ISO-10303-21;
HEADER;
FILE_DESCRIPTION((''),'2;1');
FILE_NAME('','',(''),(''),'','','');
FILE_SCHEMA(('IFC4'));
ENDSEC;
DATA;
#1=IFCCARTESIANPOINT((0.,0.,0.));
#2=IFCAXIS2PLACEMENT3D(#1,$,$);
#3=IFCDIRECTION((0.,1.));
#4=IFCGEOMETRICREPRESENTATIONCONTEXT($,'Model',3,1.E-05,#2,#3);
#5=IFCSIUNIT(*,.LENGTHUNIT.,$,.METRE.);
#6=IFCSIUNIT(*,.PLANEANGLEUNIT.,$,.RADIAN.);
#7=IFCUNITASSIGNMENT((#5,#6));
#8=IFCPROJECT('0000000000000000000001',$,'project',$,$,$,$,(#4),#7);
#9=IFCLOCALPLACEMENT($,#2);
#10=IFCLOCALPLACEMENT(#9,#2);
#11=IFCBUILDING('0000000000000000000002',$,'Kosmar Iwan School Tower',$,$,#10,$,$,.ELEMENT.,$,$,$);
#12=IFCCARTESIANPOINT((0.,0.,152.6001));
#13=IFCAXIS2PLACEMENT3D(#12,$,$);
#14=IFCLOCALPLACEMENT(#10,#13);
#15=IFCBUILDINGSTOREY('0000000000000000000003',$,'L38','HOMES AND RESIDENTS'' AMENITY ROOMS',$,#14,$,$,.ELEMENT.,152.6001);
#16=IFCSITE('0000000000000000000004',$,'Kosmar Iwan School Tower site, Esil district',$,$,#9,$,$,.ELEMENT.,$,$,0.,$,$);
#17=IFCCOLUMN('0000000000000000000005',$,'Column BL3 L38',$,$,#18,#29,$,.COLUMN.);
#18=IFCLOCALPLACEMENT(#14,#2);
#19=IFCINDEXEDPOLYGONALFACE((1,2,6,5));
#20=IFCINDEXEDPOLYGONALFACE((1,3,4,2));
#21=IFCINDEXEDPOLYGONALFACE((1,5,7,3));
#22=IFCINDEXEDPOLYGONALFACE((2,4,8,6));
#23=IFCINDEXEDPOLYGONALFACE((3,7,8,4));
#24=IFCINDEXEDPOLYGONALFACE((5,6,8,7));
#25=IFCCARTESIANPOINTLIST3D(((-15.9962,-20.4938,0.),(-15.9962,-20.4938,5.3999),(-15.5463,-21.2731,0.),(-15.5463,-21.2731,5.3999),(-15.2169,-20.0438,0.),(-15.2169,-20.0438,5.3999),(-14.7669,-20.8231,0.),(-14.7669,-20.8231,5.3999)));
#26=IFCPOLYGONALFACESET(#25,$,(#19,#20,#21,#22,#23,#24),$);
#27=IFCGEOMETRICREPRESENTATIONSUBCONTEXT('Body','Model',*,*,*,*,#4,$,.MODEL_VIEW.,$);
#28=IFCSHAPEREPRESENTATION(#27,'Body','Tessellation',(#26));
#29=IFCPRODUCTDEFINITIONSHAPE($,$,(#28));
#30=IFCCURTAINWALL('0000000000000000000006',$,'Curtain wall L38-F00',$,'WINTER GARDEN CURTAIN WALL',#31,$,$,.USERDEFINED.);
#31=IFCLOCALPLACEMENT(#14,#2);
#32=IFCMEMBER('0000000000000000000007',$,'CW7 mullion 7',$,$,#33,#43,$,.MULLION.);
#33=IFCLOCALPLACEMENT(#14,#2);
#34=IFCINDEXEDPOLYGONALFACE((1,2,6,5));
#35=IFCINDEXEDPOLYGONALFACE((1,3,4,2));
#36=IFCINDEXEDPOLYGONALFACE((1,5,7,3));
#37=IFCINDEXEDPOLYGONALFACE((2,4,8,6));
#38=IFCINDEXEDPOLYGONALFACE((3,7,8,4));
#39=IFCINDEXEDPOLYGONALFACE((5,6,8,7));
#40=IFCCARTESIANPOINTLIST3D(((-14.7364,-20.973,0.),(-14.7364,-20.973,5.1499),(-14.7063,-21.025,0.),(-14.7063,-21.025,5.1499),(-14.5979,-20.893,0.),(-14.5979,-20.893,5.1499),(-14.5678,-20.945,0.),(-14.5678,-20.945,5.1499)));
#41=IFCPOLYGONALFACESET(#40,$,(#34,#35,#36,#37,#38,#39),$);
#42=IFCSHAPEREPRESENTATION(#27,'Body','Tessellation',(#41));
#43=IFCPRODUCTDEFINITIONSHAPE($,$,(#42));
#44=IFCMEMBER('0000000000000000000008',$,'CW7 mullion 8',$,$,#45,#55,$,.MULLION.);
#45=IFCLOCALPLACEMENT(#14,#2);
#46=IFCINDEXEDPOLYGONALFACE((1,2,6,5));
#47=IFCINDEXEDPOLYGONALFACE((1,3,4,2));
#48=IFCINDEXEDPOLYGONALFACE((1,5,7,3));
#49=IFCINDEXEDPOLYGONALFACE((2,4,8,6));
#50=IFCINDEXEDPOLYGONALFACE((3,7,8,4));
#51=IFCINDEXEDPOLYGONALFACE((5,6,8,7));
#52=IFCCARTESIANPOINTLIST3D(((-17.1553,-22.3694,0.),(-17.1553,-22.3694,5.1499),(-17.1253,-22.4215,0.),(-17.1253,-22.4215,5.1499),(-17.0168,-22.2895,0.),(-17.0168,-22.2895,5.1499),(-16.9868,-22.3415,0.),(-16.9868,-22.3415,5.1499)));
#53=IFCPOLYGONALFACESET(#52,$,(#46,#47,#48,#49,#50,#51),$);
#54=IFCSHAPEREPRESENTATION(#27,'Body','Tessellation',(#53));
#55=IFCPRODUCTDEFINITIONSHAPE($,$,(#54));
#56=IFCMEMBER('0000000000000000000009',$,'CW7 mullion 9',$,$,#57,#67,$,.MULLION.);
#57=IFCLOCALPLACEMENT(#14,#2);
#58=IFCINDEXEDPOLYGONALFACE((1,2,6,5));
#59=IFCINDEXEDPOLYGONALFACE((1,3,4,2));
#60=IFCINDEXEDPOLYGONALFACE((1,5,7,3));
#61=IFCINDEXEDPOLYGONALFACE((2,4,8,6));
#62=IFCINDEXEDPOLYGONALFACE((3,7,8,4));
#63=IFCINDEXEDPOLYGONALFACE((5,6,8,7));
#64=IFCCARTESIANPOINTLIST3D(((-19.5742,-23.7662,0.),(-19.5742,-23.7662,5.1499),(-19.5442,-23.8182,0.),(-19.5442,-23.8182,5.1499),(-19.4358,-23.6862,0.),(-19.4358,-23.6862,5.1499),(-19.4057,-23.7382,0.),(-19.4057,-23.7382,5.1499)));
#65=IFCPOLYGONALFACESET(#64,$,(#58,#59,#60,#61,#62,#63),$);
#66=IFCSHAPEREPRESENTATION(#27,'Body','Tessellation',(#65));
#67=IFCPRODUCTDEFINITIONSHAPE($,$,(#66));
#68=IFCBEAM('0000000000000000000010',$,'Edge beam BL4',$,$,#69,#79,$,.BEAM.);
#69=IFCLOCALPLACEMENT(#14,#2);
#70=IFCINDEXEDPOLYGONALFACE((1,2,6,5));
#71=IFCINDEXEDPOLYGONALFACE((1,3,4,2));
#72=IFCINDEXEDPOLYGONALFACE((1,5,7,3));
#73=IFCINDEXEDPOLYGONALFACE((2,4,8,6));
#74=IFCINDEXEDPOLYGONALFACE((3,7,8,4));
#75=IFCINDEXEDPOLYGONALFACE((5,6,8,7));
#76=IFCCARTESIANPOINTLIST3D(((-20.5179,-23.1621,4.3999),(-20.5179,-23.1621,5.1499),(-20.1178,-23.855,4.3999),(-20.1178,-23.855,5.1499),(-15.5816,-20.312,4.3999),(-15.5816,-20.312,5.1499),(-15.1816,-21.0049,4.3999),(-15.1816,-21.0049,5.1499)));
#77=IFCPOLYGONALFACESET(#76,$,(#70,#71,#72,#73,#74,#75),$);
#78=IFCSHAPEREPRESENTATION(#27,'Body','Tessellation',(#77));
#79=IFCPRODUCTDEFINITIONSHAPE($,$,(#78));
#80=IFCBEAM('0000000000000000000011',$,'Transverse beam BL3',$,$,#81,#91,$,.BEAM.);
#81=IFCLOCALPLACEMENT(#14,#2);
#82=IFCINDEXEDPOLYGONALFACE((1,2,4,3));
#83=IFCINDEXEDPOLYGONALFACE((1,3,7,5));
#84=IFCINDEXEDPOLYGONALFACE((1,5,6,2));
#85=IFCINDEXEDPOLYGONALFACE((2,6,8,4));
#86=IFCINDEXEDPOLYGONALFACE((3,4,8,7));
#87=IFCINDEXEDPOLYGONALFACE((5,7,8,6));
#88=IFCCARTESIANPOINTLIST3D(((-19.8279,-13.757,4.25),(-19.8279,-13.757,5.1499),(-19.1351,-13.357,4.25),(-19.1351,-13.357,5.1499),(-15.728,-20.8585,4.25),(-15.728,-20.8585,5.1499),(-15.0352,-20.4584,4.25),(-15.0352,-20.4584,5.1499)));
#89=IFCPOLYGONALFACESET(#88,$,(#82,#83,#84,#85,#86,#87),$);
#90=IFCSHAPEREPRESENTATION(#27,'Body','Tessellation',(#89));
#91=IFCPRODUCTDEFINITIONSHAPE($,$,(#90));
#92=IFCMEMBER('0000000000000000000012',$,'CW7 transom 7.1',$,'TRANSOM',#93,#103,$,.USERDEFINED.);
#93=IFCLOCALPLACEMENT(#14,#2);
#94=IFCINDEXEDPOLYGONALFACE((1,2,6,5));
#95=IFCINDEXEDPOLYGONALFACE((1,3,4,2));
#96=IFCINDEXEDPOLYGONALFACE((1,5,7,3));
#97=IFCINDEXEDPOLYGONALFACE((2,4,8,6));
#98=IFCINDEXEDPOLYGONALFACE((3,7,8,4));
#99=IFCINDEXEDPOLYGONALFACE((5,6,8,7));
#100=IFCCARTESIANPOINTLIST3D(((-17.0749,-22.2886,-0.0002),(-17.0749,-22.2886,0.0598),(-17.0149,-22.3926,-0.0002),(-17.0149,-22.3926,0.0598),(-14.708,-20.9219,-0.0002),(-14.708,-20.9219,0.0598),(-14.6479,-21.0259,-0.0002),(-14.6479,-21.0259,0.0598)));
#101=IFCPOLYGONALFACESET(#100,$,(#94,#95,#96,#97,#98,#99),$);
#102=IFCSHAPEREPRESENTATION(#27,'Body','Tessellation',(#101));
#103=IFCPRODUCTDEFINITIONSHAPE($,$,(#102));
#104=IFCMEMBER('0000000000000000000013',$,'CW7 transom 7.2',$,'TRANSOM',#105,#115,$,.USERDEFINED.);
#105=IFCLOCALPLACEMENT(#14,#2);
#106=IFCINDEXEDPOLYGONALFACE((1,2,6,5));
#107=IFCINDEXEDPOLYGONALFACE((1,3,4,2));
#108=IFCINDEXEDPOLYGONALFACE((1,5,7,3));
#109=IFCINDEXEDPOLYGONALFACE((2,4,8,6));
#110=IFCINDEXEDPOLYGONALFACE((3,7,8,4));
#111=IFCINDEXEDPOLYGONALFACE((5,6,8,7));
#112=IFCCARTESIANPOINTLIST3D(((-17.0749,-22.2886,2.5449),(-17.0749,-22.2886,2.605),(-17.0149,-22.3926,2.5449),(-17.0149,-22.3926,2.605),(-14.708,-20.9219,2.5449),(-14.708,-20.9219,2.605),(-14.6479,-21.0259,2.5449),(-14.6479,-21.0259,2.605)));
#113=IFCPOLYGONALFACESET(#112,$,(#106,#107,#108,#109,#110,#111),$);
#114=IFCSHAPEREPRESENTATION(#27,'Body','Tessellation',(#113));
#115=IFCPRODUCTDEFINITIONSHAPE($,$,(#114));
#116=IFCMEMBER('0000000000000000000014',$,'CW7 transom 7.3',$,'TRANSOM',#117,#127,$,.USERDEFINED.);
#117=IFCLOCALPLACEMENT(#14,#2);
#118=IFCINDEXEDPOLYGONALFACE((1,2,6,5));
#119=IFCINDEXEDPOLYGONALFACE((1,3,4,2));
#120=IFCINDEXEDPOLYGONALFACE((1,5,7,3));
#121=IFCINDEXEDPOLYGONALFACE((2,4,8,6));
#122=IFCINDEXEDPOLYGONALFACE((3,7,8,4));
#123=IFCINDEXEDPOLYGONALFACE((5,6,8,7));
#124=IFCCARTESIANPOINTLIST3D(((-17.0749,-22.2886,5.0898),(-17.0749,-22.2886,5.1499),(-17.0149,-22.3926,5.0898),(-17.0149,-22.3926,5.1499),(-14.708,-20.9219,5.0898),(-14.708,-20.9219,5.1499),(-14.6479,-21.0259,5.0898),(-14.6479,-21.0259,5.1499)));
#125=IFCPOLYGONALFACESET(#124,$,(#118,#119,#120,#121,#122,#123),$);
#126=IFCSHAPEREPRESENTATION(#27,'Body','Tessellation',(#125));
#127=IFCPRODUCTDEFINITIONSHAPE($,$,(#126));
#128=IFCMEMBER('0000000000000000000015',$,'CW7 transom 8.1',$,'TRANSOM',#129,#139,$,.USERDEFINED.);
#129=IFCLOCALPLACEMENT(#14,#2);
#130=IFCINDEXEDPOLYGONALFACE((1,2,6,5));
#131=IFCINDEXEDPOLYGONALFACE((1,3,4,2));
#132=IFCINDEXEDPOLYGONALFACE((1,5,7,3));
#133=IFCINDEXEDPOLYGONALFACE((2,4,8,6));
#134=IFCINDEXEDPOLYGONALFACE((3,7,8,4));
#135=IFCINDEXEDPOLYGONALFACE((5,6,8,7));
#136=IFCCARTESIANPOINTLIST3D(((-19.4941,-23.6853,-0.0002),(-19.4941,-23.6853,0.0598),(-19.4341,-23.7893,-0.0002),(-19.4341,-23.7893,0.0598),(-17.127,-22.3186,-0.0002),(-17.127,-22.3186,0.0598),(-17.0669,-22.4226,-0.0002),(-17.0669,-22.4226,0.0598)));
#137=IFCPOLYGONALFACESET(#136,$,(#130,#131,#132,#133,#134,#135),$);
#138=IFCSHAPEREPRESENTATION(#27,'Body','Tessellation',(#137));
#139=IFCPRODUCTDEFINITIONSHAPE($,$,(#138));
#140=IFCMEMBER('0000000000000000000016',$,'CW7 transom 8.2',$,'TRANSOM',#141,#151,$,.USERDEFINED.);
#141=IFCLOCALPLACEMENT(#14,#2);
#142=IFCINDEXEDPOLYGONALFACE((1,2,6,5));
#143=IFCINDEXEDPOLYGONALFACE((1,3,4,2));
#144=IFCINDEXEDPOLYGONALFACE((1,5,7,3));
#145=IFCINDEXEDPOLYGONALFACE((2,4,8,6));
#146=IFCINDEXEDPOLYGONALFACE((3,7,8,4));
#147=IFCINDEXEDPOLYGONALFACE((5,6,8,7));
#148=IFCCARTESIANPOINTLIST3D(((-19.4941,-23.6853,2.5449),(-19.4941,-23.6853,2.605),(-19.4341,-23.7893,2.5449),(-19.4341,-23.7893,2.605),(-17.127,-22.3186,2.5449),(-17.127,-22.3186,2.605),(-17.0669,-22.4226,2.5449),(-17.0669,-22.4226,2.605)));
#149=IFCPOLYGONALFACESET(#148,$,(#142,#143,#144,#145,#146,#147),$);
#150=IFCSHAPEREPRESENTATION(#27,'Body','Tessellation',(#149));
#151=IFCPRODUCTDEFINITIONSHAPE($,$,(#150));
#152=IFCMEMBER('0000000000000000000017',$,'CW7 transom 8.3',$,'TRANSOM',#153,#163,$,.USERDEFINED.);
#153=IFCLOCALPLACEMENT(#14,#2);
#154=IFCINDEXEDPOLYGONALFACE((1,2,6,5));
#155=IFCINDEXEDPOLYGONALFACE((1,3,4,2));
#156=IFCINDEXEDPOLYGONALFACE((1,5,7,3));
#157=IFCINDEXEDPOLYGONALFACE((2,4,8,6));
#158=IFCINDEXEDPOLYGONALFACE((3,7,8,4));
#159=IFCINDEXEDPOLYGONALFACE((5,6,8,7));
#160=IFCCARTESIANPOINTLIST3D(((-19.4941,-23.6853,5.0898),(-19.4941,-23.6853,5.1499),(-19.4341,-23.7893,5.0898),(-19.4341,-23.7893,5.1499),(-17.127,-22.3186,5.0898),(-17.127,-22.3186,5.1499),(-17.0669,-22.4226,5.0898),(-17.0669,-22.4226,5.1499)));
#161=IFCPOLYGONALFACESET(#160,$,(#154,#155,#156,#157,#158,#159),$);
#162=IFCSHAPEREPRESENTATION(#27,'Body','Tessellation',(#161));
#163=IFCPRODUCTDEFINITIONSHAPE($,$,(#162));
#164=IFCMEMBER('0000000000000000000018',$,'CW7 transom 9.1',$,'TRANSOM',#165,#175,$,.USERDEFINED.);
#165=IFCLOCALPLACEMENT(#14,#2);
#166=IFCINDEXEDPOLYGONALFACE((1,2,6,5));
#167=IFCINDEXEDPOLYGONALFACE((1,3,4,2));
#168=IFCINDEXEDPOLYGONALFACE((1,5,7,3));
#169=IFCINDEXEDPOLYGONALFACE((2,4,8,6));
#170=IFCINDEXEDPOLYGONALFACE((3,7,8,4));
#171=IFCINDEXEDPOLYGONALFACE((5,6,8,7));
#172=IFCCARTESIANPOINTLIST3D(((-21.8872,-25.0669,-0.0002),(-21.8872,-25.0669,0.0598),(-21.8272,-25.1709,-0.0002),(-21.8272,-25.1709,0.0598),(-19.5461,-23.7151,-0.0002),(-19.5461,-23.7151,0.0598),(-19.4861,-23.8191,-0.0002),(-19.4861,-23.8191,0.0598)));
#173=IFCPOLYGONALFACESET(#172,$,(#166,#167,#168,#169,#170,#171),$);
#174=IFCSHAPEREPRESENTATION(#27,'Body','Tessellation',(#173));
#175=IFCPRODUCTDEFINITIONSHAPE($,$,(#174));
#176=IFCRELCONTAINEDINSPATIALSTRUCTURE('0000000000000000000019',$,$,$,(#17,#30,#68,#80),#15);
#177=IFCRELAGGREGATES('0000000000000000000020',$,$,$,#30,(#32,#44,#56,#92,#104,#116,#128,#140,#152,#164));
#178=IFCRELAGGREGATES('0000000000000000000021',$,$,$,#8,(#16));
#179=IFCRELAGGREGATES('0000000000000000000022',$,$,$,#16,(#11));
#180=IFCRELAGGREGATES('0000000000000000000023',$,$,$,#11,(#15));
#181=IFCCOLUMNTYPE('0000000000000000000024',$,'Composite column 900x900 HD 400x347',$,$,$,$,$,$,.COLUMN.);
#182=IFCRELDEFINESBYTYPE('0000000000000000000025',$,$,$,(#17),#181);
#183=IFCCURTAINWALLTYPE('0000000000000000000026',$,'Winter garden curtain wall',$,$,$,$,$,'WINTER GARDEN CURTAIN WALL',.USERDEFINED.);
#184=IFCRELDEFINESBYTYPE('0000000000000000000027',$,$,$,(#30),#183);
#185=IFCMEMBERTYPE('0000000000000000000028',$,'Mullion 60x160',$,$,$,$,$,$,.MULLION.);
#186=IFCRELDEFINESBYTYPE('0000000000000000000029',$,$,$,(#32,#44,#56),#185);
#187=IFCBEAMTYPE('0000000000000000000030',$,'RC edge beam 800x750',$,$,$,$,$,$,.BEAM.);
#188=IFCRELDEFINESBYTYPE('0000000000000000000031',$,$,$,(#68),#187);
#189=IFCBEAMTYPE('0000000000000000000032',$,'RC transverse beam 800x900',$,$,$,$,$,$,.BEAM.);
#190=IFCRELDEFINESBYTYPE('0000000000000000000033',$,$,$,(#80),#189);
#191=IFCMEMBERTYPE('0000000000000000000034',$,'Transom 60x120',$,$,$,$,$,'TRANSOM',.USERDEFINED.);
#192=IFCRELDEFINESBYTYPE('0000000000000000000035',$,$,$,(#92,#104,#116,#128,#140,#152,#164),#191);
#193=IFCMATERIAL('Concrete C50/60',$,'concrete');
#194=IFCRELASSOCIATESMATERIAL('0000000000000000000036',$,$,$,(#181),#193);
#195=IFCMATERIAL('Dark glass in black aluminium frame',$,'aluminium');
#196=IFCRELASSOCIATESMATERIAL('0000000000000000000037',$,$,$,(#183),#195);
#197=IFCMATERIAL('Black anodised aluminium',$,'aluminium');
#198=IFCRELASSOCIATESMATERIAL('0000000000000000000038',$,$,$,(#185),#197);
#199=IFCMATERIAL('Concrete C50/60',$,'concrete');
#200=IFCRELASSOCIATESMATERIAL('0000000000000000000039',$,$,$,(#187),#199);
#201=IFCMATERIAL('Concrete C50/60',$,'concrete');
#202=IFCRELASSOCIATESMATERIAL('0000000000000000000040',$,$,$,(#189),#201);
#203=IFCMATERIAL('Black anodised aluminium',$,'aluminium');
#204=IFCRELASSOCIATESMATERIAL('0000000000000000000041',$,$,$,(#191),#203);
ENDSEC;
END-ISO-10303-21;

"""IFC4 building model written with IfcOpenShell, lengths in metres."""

from ifc_helpers import new_model, si_unit, direction, frame, origin, origin_2d, place, context, subcontext, project, spatial, rectangle, extrude, material, material_profile, profile_set, type_object, element, aggregate, save


model = new_model("IFC4")

# Units and contexts
model_context = context("Model", 3, precision=1e-05, world=origin(), true_north=direction((0.0, 1.0)))
body_context = subcontext(model_context, "Body", "Model", "MODEL_VIEW")
ifc_project = project(units=[si_unit("LENGTHUNIT", "METRE"), si_unit("PLANEANGLEUNIT", "RADIAN")], contexts=[model_context])

# Site, building, storey
site_placement = place(None, origin())
site = spatial("IfcSite", under=ifc_project, at=site_placement, Name="Kosmar Iwan School Tower site, Esil district", CompositionType="ELEMENT", RefElevation=0.0)
building_placement = place(site_placement, origin())
building = spatial("IfcBuilding", under=site, at=building_placement, Name="Kosmar Iwan School Tower", CompositionType="ELEMENT")
storey_placement = place(building_placement, frame((0.0, 0.0, 152.6001)))
storey = spatial("IfcBuildingStorey", under=building, at=storey_placement, Name="L38", Description="HOMES AND RESIDENTS' AMENITY ROOMS", CompositionType="ELEMENT", Elevation=152.6001)

# Column
ifc_material_1 = material(Name="Concrete C50/60", Category="concrete")
ifc_material_profile_1 = material_profile(ifc_material_1, rectangle(XDim=0.8999, YDim=0.8999, at=origin_2d()), Name="RC 900x900 + HD 400x347")
ifc_profile_set_1 = profile_set([ifc_material_profile_1], Name="Concrete C50/60")
column_type = type_object("IfcColumnType", Name="Composite column 900x900 HD 400x347", PredefinedType="COLUMN", material=ifc_profile_set_1)
column_placement = place(storey_placement, frame((-15.3816, -20.6584, 0.0), z_axis=(0.0, 0.0, 1.0), x_axis=(-0.866025, -0.5, 0.0)))
element("IfcColumn", 1, at=column_placement, inside=storey, type_object=column_type, Name="Column BL3 L38", PredefinedType="COLUMN", context=body_context, shape_type="SweptSolid", body=[
    extrude(rectangle(XDim=0.8999, YDim=0.8999, at=origin_2d()), origin(), (0.0, 0.0, 1.0), 5.3999),
])

# Curtain wall, members
ifc_material_2 = material(Name="Dark glass in black aluminium frame", Category="aluminium")
curtain_wall_type = type_object("IfcCurtainWallType", Name="Winter garden curtain wall", ElementType="WINTER GARDEN CURTAIN WALL", PredefinedType="USERDEFINED", material=ifc_material_2)
curtain_wall_placement = place(storey_placement, origin())
curtain_wall = element("IfcCurtainWall", 2, at=curtain_wall_placement, inside=storey, type_object=curtain_wall_type, Name="Curtain wall L38-F00", ObjectType="WINTER GARDEN CURTAIN WALL", PredefinedType="USERDEFINED")
ifc_material_3 = material(Name="Black anodised aluminium", Category="aluminium")
ifc_material_profile_2 = material_profile(ifc_material_3, rectangle(XDim=0.0601, YDim=0.1599, at=origin_2d()), Name="MULLION 60x160")
ifc_profile_set_2 = profile_set([ifc_material_profile_2], Name="Black anodised aluminium")
member_type_1 = type_object("IfcMemberType", Name="Mullion 60x160", PredefinedType="MULLION", material=ifc_profile_set_2)
member_1_placement = place(storey_placement, frame((-14.6521, -20.959, 0.0), z_axis=(0.0, 0.0, 1.0), x_axis=(0.5, -0.866025, 0.0)))
member_1 = element("IfcMember", 3, at=member_1_placement, type_object=member_type_1, Name="CW7 mullion 7", PredefinedType="MULLION", context=body_context, shape_type="SweptSolid", body=[
    extrude(rectangle(XDim=0.0601, YDim=0.1599, at=origin_2d()), origin(), (0.0, 0.0, 1.0), 5.1499),
])
member_2_placement = place(storey_placement, frame((-17.071, -22.3555, 0.0), z_axis=(0.0, 0.0, 1.0), x_axis=(0.5, -0.866025, 0.0)))
member_2 = element("IfcMember", 4, at=member_2_placement, type_object=member_type_1, Name="CW7 mullion 8", PredefinedType="MULLION", context=body_context, shape_type="SweptSolid", body=[
    extrude(rectangle(XDim=0.0601, YDim=0.1599, at=origin_2d()), origin(), (0.0, 0.0, 1.0), 5.1499),
])
member_3_placement = place(storey_placement, frame((-19.49, -23.7522, 0.0), z_axis=(0.0, 0.0, 1.0), x_axis=(0.5, -0.866025, 0.0)))
member_3 = element("IfcMember", 5, at=member_3_placement, type_object=member_type_1, Name="CW7 mullion 9", PredefinedType="MULLION", context=body_context, shape_type="SweptSolid", body=[
    extrude(rectangle(XDim=0.0601, YDim=0.1599, at=origin_2d()), origin(), (0.0, 0.0, 1.0), 5.1499),
])

# Beams
ifc_material_4 = material(Name="Concrete C50/60", Category="concrete")
ifc_material_profile_3 = material_profile(ifc_material_4, rectangle(XDim=0.8, YDim=0.75, at=origin_2d()), Name="RC 800x750")
ifc_profile_set_3 = profile_set([ifc_material_profile_3], Name="Concrete C50/60")
beam_type_1 = type_object("IfcBeamType", Name="RC edge beam 800x750", PredefinedType="BEAM", material=ifc_profile_set_3)
beam_1_placement = place(storey_placement, frame((-15.3816, -20.6584, 4.7749), z_axis=(-0.866015, -0.500018, 0.0), x_axis=(0.500018, -0.866015, 0.0)))
element("IfcBeam", 6, at=beam_1_placement, inside=storey, type_object=beam_type_1, Name="Edge beam BL4", PredefinedType="BEAM", context=body_context, shape_type="SweptSolid", body=[
    extrude(rectangle(XDim=0.8, YDim=0.75, at=origin_2d()), origin(), (0.0, 0.0, 1.0), 5.7),
])
ifc_material_5 = material(Name="Concrete C50/60", Category="concrete")
ifc_material_profile_4 = material_profile(ifc_material_5, rectangle(XDim=0.8, YDim=0.8999, at=origin_2d()), Name="RC 800x900")
ifc_profile_set_4 = profile_set([ifc_material_profile_4], Name="Concrete C50/60")
beam_type_2 = type_object("IfcBeamType", Name="RC transverse beam 800x900", PredefinedType="BEAM", material=ifc_profile_set_4)
beam_2_placement = place(storey_placement, frame((-15.3816, -20.6584, 4.7), z_axis=(-0.499991, 0.86603, 0.0), x_axis=(-0.86603, -0.499991, 0.0)))
element("IfcBeam", 7, at=beam_2_placement, inside=storey, type_object=beam_type_2, Name="Transverse beam BL3", PredefinedType="BEAM", context=body_context, shape_type="SweptSolid", body=[
    extrude(rectangle(XDim=0.8, YDim=0.8999, at=origin_2d()), origin(), (0.0, 0.0, 1.0), 8.2),
])

# Members
ifc_material_6 = material(Name="Black anodised aluminium", Category="aluminium")
ifc_material_profile_5 = material_profile(ifc_material_6, rectangle(XDim=0.1201, YDim=0.0601, at=origin_2d()), Name="TRANSOM 60x120")
ifc_profile_set_5 = profile_set([ifc_material_profile_5], Name="Black anodised aluminium")
member_type_2 = type_object("IfcMemberType", Name="Transom 60x120", ElementType="TRANSOM", PredefinedType="USERDEFINED", material=ifc_profile_set_5)
member_4_placement = place(storey_placement, frame((-14.678, -20.9739, 0.0298), z_axis=(-0.866003, -0.500039, 0.0), x_axis=(0.500039, -0.866003, 0.0)))
member_4 = element("IfcMember", 8, at=member_4_placement, type_object=member_type_2, Name="CW7 transom 7.1", ObjectType="TRANSOM", PredefinedType="USERDEFINED", context=body_context, shape_type="SweptSolid", body=[
    extrude(rectangle(XDim=0.1201, YDim=0.0601, at=origin_2d()), origin(), (0.0, 0.0, 1.0), 2.7332),
])
member_5_placement = place(storey_placement, frame((-14.678, -20.9739, 2.575), z_axis=(-0.866003, -0.500039, 0.0), x_axis=(0.500039, -0.866003, 0.0)))
member_5 = element("IfcMember", 9, at=member_5_placement, type_object=member_type_2, Name="CW7 transom 7.2", ObjectType="TRANSOM", PredefinedType="USERDEFINED", context=body_context, shape_type="SweptSolid", body=[
    extrude(rectangle(XDim=0.1201, YDim=0.0601, at=origin_2d()), origin(), (0.0, 0.0, 1.0), 2.7332),
])
member_6_placement = place(storey_placement, frame((-14.678, -20.9739, 5.1199), z_axis=(-0.866003, -0.500039, 0.0), x_axis=(0.500039, -0.866003, 0.0)))
member_6 = element("IfcMember", 10, at=member_6_placement, type_object=member_type_2, Name="CW7 transom 7.3", ObjectType="TRANSOM", PredefinedType="USERDEFINED", context=body_context, shape_type="SweptSolid", body=[
    extrude(rectangle(XDim=0.1201, YDim=0.0601, at=origin_2d()), origin(), (0.0, 0.0, 1.0), 2.7332),
])
member_7_placement = place(storey_placement, frame((-17.0969, -22.3706, 0.0298), z_axis=(-0.866025, -0.500001, 0.0), x_axis=(0.500001, -0.866025, 0.0)))
member_7 = element("IfcMember", 11, at=member_7_placement, type_object=member_type_2, Name="CW7 transom 8.1", ObjectType="TRANSOM", PredefinedType="USERDEFINED", context=body_context, shape_type="SweptSolid", body=[
    extrude(rectangle(XDim=0.1201, YDim=0.0601, at=origin_2d()), origin(), (0.0, 0.0, 1.0), 2.7334),
])
member_8_placement = place(storey_placement, frame((-17.0969, -22.3706, 2.575), z_axis=(-0.866025, -0.500001, 0.0), x_axis=(0.500001, -0.866025, 0.0)))
member_8 = element("IfcMember", 12, at=member_8_placement, type_object=member_type_2, Name="CW7 transom 8.2", ObjectType="TRANSOM", PredefinedType="USERDEFINED", context=body_context, shape_type="SweptSolid", body=[
    extrude(rectangle(XDim=0.1201, YDim=0.0601, at=origin_2d()), origin(), (0.0, 0.0, 1.0), 2.7334),
])
member_9_placement = place(storey_placement, frame((-17.0969, -22.3706, 5.1199), z_axis=(-0.866025, -0.500001, 0.0), x_axis=(0.500001, -0.866025, 0.0)))
member_9 = element("IfcMember", 13, at=member_9_placement, type_object=member_type_2, Name="CW7 transom 8.3", ObjectType="TRANSOM", PredefinedType="USERDEFINED", context=body_context, shape_type="SweptSolid", body=[
    extrude(rectangle(XDim=0.1201, YDim=0.0601, at=origin_2d()), origin(), (0.0, 0.0, 1.0), 2.7334),
])
member_10_placement = place(storey_placement, frame((-19.5161, -23.7671, 0.0298), z_axis=(-0.865995, -0.500053, 0.0), x_axis=(0.500053, -0.865995, 0.0)))
member_10 = element("IfcMember", 14, at=member_10_placement, type_object=member_type_2, Name="CW7 transom 9.1", ObjectType="TRANSOM", PredefinedType="USERDEFINED", context=body_context, shape_type="SweptSolid", body=[
    extrude(rectangle(XDim=0.1201, YDim=0.0601, at=origin_2d()), origin(), (0.0, 0.0, 1.0), 2.7034),
])

aggregate(curtain_wall, [member_1, member_2, member_3, member_4, member_5, member_6, member_7, member_8, member_9, member_10])

save(model, "model.ifc")
